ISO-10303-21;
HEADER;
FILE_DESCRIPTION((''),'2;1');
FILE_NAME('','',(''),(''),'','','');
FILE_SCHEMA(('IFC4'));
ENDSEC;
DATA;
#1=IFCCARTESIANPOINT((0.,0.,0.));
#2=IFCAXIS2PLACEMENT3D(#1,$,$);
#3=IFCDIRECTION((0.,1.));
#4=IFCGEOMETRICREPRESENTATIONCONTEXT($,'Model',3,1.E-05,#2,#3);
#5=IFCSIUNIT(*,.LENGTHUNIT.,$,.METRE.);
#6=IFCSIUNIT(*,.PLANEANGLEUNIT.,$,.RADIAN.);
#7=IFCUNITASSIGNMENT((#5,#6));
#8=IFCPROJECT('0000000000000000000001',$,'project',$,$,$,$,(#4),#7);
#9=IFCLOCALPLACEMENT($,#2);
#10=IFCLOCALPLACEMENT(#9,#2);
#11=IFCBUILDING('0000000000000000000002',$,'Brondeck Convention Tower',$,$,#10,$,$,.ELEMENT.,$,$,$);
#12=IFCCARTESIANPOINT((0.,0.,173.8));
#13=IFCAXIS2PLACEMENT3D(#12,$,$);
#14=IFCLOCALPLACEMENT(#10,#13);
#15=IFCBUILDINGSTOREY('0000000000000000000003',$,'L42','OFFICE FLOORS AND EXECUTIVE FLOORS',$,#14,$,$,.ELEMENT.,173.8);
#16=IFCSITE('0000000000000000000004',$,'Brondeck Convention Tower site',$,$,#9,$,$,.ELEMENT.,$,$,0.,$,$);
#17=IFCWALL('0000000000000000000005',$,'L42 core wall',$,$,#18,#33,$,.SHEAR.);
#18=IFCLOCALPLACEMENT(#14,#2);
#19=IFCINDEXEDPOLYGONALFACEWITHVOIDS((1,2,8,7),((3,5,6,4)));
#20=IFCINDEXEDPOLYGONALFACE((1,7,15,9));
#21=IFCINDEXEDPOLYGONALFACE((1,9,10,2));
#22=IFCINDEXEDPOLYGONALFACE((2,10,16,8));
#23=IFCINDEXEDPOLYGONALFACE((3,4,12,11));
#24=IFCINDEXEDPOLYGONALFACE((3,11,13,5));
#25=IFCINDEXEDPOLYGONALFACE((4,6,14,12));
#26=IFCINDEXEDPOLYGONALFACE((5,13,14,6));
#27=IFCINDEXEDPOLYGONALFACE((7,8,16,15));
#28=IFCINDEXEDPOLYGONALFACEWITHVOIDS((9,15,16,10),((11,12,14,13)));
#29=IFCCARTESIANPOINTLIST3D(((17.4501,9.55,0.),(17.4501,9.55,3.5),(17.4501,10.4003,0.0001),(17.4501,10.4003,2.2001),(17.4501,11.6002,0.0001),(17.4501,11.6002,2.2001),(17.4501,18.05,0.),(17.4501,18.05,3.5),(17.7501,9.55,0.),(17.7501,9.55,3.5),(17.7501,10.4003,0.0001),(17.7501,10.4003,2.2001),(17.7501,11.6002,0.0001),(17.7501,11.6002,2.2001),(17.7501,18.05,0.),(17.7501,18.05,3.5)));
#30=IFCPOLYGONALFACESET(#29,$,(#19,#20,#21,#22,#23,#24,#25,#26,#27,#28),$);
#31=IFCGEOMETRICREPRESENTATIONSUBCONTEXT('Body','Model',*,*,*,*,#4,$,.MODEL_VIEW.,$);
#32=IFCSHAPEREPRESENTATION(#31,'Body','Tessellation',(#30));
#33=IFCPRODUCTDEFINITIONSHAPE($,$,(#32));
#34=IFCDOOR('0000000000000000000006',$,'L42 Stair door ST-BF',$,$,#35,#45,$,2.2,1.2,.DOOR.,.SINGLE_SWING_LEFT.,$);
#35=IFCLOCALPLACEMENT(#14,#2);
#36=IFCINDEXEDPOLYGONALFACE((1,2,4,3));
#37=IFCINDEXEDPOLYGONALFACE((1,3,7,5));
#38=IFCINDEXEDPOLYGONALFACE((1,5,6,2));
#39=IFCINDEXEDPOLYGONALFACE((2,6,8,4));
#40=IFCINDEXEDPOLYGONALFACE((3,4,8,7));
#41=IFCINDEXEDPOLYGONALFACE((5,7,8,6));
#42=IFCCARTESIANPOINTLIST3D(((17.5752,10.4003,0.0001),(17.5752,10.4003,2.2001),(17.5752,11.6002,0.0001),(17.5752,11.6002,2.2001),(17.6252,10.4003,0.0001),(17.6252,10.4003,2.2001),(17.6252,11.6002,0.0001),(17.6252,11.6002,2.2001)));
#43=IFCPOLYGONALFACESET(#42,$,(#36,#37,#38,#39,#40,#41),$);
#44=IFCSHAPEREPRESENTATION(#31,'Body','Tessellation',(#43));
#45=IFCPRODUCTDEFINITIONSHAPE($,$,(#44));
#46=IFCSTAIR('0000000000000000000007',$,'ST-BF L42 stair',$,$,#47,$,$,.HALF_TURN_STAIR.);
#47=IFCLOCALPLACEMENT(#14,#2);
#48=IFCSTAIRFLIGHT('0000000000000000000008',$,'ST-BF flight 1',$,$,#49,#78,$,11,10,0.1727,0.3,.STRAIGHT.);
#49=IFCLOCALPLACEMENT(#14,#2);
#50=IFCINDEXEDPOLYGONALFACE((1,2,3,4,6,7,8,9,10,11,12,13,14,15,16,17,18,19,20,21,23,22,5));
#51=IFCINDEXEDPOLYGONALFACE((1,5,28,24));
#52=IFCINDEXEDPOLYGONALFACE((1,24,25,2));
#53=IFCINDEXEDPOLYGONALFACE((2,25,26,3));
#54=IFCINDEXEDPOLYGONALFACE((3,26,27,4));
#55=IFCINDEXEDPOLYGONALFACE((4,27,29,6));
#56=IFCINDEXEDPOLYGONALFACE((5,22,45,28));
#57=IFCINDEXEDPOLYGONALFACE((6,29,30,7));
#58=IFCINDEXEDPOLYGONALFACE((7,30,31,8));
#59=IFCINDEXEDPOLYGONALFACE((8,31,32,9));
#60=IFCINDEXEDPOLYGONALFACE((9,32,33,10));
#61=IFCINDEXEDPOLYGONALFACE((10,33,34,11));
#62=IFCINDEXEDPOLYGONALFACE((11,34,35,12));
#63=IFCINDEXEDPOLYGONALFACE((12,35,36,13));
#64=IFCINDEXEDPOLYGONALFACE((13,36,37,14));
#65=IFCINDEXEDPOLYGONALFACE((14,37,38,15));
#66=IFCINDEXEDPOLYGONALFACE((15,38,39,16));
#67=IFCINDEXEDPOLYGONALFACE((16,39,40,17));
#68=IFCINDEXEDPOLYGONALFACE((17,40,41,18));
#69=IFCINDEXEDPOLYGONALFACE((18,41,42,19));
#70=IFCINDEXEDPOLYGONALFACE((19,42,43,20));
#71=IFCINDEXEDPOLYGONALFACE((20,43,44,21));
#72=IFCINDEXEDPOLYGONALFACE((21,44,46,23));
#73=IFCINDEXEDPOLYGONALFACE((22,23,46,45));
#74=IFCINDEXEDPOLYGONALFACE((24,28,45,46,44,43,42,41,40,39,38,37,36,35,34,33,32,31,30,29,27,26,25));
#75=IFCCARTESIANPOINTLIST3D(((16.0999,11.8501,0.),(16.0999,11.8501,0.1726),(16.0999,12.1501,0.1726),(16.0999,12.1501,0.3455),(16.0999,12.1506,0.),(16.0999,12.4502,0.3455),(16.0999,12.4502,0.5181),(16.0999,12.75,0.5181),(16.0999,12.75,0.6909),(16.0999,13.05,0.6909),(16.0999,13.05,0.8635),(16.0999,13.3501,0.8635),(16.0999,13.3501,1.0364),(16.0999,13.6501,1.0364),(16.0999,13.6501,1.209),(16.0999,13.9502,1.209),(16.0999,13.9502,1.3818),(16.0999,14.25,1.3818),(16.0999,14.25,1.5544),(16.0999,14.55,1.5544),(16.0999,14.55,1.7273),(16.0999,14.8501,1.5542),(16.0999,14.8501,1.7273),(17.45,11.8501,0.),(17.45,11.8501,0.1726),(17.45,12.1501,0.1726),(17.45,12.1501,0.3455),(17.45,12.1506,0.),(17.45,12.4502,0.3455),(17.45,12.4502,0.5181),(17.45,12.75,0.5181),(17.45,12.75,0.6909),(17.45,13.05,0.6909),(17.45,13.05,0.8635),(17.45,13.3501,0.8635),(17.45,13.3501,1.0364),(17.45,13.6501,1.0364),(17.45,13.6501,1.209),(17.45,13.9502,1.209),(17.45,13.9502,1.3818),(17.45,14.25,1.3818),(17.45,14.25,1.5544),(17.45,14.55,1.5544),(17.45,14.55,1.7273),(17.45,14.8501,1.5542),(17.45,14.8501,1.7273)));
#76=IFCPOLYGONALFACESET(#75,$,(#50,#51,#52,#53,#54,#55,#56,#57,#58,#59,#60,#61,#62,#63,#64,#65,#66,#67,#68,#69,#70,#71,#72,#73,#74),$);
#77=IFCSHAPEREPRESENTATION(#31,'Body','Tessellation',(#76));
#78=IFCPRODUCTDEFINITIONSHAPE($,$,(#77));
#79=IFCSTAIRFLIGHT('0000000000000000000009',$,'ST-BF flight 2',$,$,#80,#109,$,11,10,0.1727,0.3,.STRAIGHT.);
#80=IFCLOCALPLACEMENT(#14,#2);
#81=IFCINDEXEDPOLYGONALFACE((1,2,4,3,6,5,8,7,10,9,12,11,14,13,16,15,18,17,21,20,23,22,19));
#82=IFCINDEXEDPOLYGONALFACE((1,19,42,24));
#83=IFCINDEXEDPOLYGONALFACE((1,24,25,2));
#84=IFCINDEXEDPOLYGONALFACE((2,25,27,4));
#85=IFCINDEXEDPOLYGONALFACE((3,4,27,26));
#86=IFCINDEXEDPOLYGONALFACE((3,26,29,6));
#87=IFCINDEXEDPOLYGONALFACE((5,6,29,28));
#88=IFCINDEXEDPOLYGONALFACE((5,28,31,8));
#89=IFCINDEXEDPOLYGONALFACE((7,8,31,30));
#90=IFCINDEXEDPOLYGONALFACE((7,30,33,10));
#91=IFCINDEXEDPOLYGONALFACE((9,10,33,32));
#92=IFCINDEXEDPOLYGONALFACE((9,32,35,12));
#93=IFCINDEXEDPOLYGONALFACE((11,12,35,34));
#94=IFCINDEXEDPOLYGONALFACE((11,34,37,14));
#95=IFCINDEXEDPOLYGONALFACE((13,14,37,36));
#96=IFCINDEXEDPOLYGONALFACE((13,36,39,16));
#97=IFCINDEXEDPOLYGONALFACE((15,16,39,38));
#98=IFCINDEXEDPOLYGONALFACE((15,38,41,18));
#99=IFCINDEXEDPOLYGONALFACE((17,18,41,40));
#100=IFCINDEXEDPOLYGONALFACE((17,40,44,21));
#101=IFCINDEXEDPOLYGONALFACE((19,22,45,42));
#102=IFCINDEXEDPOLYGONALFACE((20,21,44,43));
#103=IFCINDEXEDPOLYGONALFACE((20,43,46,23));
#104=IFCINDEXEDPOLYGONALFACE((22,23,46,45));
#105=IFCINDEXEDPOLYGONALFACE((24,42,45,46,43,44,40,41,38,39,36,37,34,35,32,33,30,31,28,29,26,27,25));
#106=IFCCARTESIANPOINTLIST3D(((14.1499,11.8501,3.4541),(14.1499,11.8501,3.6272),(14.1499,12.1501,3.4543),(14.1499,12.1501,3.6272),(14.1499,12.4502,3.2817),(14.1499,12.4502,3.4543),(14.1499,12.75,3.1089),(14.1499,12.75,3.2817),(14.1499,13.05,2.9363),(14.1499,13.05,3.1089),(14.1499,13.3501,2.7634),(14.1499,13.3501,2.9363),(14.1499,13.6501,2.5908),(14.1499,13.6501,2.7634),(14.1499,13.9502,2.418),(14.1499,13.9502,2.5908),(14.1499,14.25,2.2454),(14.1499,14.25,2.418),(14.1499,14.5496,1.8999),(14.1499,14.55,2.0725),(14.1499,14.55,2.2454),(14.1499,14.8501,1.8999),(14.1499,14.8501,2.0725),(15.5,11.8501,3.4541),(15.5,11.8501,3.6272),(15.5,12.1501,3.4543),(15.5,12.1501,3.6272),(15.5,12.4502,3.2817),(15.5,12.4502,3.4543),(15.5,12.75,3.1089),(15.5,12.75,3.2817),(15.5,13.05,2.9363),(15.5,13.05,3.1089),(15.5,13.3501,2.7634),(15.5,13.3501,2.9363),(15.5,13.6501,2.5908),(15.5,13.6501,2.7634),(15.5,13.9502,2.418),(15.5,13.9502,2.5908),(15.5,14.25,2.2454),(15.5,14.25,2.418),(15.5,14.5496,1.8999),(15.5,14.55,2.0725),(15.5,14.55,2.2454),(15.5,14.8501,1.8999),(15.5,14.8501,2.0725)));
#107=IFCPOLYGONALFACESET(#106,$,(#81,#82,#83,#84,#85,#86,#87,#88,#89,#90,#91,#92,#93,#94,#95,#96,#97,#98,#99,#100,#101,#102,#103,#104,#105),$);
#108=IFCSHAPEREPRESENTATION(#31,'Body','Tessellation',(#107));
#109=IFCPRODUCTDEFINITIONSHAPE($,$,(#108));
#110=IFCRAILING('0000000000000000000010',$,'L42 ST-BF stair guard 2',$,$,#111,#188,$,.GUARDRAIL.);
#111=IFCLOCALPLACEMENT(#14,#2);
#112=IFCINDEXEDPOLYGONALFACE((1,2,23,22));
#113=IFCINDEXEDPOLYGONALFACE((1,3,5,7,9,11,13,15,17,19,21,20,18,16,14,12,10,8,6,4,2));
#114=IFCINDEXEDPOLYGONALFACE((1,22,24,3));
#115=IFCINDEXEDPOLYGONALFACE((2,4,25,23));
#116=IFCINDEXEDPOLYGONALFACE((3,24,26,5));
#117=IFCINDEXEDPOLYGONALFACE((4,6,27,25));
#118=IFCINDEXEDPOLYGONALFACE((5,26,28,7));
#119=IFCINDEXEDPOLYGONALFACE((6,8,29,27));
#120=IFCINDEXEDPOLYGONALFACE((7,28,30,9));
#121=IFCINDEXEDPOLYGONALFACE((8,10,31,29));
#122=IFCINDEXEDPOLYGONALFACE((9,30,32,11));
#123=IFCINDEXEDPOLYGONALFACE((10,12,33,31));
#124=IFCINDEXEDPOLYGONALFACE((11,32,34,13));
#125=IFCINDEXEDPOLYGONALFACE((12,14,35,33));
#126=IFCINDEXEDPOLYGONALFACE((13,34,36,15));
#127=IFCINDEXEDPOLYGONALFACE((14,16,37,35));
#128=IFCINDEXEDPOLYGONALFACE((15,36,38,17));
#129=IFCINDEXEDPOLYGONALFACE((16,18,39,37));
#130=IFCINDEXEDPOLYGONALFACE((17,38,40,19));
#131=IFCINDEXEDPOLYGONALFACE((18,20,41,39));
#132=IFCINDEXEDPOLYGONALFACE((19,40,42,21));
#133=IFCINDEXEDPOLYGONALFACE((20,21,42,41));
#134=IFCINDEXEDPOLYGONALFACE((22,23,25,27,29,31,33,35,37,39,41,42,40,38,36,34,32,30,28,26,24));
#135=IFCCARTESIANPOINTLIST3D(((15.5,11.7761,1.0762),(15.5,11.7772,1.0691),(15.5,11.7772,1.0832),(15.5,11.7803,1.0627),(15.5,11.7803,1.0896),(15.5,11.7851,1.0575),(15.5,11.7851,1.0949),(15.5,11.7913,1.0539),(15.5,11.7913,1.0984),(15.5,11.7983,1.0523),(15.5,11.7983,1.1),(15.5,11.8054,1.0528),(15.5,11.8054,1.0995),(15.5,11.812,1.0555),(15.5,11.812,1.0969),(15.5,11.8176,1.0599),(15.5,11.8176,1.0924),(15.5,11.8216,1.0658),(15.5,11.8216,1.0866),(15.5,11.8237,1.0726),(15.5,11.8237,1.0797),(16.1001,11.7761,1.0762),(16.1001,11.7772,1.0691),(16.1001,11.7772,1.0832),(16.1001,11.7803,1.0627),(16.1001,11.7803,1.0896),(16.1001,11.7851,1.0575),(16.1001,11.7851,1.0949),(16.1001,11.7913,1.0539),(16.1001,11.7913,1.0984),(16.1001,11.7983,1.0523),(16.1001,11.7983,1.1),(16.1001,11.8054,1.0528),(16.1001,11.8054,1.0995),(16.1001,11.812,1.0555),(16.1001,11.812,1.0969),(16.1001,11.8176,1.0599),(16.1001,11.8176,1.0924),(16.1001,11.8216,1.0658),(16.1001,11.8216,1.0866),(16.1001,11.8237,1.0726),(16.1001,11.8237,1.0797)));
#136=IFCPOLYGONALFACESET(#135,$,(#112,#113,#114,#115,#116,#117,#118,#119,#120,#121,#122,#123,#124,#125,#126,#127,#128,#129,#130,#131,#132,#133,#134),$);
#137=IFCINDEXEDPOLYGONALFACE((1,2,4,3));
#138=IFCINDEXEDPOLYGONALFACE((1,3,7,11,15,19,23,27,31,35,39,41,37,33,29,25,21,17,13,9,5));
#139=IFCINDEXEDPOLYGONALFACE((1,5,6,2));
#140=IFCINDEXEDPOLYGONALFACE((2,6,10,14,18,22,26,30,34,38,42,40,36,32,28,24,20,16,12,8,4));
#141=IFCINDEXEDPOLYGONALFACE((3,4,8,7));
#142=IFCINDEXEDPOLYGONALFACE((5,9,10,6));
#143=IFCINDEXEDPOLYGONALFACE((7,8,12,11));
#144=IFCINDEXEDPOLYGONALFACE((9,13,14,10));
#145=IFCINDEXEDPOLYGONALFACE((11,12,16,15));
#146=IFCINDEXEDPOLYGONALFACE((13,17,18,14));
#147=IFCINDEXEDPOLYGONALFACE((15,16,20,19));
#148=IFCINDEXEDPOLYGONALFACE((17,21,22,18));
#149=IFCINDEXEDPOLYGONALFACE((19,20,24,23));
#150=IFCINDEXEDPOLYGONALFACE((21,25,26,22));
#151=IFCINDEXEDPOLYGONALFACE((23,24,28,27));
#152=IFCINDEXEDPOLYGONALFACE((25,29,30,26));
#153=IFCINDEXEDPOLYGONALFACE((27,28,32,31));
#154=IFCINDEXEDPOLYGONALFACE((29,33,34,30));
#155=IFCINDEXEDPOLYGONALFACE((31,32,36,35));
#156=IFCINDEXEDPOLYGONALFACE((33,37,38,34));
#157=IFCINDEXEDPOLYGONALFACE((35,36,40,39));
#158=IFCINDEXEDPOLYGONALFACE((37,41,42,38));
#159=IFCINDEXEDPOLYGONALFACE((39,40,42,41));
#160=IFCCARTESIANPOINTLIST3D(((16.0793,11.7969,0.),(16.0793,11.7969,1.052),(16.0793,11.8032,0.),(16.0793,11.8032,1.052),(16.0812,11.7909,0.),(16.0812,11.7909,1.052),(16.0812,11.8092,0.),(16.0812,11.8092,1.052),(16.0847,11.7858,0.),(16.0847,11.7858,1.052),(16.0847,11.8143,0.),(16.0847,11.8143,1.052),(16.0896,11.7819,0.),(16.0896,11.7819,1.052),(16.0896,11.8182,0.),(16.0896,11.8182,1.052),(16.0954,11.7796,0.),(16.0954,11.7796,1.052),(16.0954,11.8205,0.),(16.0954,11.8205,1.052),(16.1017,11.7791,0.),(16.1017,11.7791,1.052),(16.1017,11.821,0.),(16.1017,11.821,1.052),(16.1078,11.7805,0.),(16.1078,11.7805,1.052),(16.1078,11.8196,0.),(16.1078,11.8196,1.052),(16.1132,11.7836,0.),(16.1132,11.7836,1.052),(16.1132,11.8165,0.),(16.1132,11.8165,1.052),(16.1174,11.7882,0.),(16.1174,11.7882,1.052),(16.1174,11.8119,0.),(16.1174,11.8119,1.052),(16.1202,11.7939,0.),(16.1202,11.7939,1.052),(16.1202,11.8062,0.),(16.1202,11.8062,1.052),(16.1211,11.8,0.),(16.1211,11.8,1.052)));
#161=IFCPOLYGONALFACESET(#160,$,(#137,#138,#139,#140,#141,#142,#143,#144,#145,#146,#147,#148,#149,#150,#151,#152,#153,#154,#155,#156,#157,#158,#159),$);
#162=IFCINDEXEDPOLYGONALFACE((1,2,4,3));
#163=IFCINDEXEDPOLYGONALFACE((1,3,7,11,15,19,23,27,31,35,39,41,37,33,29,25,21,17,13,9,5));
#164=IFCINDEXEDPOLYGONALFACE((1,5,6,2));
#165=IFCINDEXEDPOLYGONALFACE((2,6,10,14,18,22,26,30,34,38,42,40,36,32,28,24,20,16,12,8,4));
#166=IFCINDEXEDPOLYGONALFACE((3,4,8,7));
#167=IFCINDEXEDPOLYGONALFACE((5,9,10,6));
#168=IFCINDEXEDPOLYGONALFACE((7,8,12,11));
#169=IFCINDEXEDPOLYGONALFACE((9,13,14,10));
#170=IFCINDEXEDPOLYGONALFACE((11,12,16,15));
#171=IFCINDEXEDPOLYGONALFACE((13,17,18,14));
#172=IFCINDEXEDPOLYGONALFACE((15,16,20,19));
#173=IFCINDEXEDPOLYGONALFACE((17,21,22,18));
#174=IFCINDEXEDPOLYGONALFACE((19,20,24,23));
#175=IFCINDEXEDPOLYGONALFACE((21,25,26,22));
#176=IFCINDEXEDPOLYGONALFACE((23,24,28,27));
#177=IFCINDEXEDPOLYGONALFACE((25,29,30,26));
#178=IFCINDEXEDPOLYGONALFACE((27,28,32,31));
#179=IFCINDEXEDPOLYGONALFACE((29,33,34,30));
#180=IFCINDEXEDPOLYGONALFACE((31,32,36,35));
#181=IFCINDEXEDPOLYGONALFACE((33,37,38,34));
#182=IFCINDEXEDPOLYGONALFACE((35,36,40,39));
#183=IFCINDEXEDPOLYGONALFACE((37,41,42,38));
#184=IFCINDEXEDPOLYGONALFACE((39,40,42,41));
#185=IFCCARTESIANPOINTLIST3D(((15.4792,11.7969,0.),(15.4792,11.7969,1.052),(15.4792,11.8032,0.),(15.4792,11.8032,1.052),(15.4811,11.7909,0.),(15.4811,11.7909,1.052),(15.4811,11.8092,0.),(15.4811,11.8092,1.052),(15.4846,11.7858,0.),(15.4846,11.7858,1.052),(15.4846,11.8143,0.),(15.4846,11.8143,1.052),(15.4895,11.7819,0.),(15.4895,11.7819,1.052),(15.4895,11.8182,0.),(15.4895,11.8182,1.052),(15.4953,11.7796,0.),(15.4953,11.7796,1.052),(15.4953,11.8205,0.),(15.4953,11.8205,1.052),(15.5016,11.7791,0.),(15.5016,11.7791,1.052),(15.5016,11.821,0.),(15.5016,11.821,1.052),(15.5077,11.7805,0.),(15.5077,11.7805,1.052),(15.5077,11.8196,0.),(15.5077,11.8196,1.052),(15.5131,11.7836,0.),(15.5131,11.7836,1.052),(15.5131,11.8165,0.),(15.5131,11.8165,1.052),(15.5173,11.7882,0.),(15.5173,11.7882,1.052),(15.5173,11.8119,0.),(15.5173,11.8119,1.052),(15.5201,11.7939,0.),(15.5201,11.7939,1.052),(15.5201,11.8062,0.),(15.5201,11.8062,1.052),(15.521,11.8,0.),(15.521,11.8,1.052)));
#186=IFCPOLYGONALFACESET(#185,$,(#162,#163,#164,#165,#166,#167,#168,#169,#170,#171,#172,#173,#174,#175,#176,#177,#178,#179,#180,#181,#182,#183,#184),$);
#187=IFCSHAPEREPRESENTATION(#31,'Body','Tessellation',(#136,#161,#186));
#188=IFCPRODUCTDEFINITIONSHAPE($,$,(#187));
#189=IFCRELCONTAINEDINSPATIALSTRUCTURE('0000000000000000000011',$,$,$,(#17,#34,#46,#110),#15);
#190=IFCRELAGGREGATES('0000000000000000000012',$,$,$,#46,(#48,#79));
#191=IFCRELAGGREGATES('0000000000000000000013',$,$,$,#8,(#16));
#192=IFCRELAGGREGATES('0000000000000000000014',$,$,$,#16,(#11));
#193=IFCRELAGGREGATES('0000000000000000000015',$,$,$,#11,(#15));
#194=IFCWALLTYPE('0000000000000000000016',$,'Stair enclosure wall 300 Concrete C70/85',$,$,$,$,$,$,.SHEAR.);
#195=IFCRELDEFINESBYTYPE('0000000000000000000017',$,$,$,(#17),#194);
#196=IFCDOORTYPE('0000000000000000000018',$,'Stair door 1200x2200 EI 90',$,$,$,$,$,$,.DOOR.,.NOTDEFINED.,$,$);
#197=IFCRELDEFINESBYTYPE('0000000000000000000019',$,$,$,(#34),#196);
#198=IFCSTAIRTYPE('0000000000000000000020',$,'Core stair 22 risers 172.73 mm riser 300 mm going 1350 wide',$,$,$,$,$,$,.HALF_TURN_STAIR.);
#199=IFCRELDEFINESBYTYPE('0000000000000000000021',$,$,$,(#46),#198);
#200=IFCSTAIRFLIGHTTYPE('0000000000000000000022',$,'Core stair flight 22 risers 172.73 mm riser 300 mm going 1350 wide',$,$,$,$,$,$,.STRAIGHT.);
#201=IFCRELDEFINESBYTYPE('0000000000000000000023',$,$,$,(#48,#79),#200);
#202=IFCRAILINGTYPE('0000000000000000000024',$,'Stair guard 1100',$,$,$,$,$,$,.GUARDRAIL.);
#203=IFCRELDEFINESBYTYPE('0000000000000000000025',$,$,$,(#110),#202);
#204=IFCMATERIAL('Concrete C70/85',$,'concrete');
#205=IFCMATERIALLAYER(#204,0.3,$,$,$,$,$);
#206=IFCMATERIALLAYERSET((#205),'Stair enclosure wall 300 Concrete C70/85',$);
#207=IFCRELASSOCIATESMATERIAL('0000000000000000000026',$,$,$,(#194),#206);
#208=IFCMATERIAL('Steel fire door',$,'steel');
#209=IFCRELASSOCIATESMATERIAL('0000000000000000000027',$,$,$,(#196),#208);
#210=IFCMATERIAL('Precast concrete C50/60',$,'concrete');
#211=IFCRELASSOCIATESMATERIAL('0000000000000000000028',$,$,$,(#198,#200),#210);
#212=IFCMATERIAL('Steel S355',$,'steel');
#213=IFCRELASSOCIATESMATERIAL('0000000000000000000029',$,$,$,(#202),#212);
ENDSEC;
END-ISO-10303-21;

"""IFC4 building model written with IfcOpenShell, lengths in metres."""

from ifc_helpers import new_model, si_unit, direction, frame, frame_2d, origin, origin_2d, place, context, subcontext, project, spatial, polyline, rectangle, circle, outline, extrude, material, layer, layer_set, type_object, element, fill, aggregate, save


model = new_model("IFC4")

# Units and contexts
model_context = context("Model", 3, precision=1e-05, world=origin(), true_north=direction((0.0, 1.0)))
body_context = subcontext(model_context, "Body", "Model", "MODEL_VIEW")
ifc_project = project(units=[si_unit("LENGTHUNIT", "METRE"), si_unit("PLANEANGLEUNIT", "RADIAN")], contexts=[model_context])

# Site, building, storey
site_placement = place(None, origin())
site = spatial("IfcSite", under=ifc_project, at=site_placement, Name="Brondeck Convention Tower site", CompositionType="ELEMENT", RefElevation=0.0)
building_placement = place(site_placement, origin())
building = spatial("IfcBuilding", under=site, at=building_placement, Name="Brondeck Convention Tower", CompositionType="ELEMENT")
storey_placement = place(building_placement, frame((0.0, 0.0, 173.8)))
storey = spatial("IfcBuildingStorey", under=building, at=storey_placement, Name="L42", Description="OFFICE FLOORS AND EXECUTIVE FLOORS", CompositionType="ELEMENT", Elevation=173.8)

# Shared definitions
ifc_material_1 = material(Name="Concrete C70/85", Category="concrete")

# Shared definitions
ifc_material_2 = material(Name="Steel S355", Category="steel")

# Shared definitions
ifc_layer_1 = layer(ifc_material_1, 0.3)
ifc_layer_set_1 = layer_set([ifc_layer_1], Name="Stair enclosure wall 300 Concrete C70/85")
wall_type_1 = type_object("IfcWallType", Name="Stair enclosure wall 300 Concrete C70/85", PredefinedType="SHEAR", material=ifc_layer_set_1)

# Wall, opening, door
wall_1_placement = place(storey_placement, frame((17.6001, 9.55, 0.0), z_axis=(0.0, 0.0, 1.0), x_axis=(0.0, 1.0, 0.0)))
wall_1 = element("IfcWall", 1, at=wall_1_placement, inside=storey, type_object=wall_type_1, Name="L42 core wall", PredefinedType="SHEAR", context=body_context, shape_type="SweptSolid", body=[
    extrude(rectangle(XDim=8.5, YDim=0.3, at=frame_2d((4.25, 0.0))), origin(), (0.0, 0.0, 1.0), 3.5),
])
opening_1_placement = place(wall_1_placement, frame((0.8501, 0.0, 0.0)))
opening_1 = element("IfcOpeningElement", 2, at=opening_1_placement, cuts=wall_1, PredefinedType="OPENING", context=body_context, shape_type="SweptSolid", body=[
    extrude(rectangle(XDim=1.2, YDim=2.2, at=frame_2d((0.6001, 1.1001))), frame((0.0, 0.1599, 0.0), z_axis=(0.0, -1.0, 0.0), x_axis=(1.0, 0.0, 0.0)), (0.0, 0.0, 1.0), 0.3201),
])
ifc_material_3 = material(Name="Steel fire door", Category="steel")
door_type_1 = type_object("IfcDoorType", Name="Stair door 1200x2200 EI 90", OperationType="NOTDEFINED", PredefinedType="DOOR", material=ifc_material_3)
door_1_placement = place(opening_1_placement, origin())
door_1 = element("IfcDoor", 3, at=door_1_placement, inside=storey, type_object=door_type_1, Name="L42 Stair door ST-BF", OperationType="SINGLE_SWING_LEFT", OverallHeight=2.2, OverallWidth=1.2, PredefinedType="DOOR", context=body_context, shape_type="SweptSolid", body=[
    extrude(rectangle(XDim=1.2, YDim=2.2, at=frame_2d((0.6001, 1.1001))), frame((0.0, 0.0249, 0.0), z_axis=(0.0, -1.0, 0.0), x_axis=(1.0, 0.0, 0.0)), (0.0, 0.0, 1.0), 0.05),
])
fill(opening_1, door_1)

# Stair, stair flights
ifc_material_4 = material(Name="Precast concrete C50/60", Category="concrete")
stair_type = type_object("IfcStairType", Name="Core stair 22 risers 172.73 mm riser 300 mm going 1350 wide", PredefinedType="HALF_TURN_STAIR", material=ifc_material_4)
stair_placement = place(storey_placement, origin())
stair = element("IfcStair", 4, at=stair_placement, inside=storey, type_object=stair_type, Name="ST-BF L42 stair", PredefinedType="HALF_TURN_STAIR")
stair_flight_type = type_object("IfcStairFlightType", Name="Core stair flight 22 risers 172.73 mm riser 300 mm going 1350 wide", PredefinedType="STRAIGHT", material=ifc_material_4)
stair_flight_1_placement = place(storey_placement, frame((16.7749, 11.8501, 0.0), z_axis=(0.0, 0.0, 1.0), x_axis=(0.0, 1.0, 0.0)))
stair_flight_1 = element("IfcStairFlight", 5, at=stair_flight_1_placement, type_object=stair_flight_type, Name="ST-BF flight 1", NumberOfRisers=11, NumberOfTreads=10, PredefinedType="STRAIGHT", RiserHeight=0.1727, TreadLength=0.3, context=body_context, shape_type="SweptSolid", body=[
    extrude(outline(polyline([(0.0, 0.0), (0.0, 0.1726), (0.3, 0.1726), (0.3, 0.3455), (0.6001, 0.3455), (0.6001, 0.5181), (0.8999, 0.5181), (0.8999, 0.6909), (1.2, 0.6909), (1.2, 0.8635), (1.5, 0.8635), (1.5, 1.0364), (1.8, 1.0364), (1.8, 1.209), (2.1001, 1.209), (2.1001, 1.3818), (2.3999, 1.3818), (2.3999, 1.5544), (2.7, 1.5544), (2.7, 1.7273), (3.0, 1.7273), (3.0, 1.8999), (3.0, 1.5542), (0.3005, 0.0), (0.0, 0.0)])), frame((0.0, 0.675, 0.0), z_axis=(0.0, -1.0, 0.0), x_axis=(1.0, 0.0, 0.0)), (0.0, 0.0, 1.0), 1.3501),
])
stair_flight_2_placement = place(storey_placement, frame((14.825, 14.8501, 1.8999), z_axis=(0.0, 0.0, 1.0), x_axis=(0.0, -1.0, 0.0)))
stair_flight_2 = element("IfcStairFlight", 6, at=stair_flight_2_placement, type_object=stair_flight_type, Name="ST-BF flight 2", NumberOfRisers=11, NumberOfTreads=10, PredefinedType="STRAIGHT", RiserHeight=0.1727, TreadLength=0.3, context=body_context, shape_type="SweptSolid", body=[
    extrude(outline(polyline([(0.0, 0.0), (0.0, 0.1726), (0.3, 0.1726), (0.3, 0.3455), (0.6001, 0.3455), (0.6001, 0.5181), (0.8999, 0.5181), (0.8999, 0.6909), (1.2, 0.6909), (1.2, 0.8635), (1.5, 0.8635), (1.5, 1.0364), (1.8, 1.0364), (1.8, 1.209), (2.1001, 1.209), (2.1001, 1.3818), (2.3999, 1.3818), (2.3999, 1.5544), (2.7, 1.5544), (2.7, 1.7273), (3.0, 1.7273), (3.0, 1.8999), (3.0, 1.5542), (0.3005, 0.0), (0.0, 0.0)])), frame((0.0, 0.675, 0.0), z_axis=(0.0, -1.0, 0.0), x_axis=(1.0, 0.0, 0.0)), (0.0, 0.0, 1.0), 1.3501),
])
aggregate(stair, [stair_flight_1, stair_flight_2])

# Railing
railing_type_1 = type_object("IfcRailingType", Name="Stair guard 1100", PredefinedType="GUARDRAIL", material=ifc_material_2)
railing_1_placement = place(storey_placement, frame((16.1001, 11.8, 0.0)))
element("IfcRailing", 7, at=railing_1_placement, inside=storey, type_object=railing_type_1, Name="L42 ST-BF stair guard 2", PredefinedType="GUARDRAIL", context=body_context, shape_type="SweptSolid", body=[
    extrude(circle(Radius=0.0239, at=origin_2d()), frame((0.0, 0.0, 1.0762), z_axis=(-1.0, 0.0, 0.0), x_axis=(0.0, -1.0, 0.0)), (0.0, 0.0, 1.0), 0.6001),
    extrude(circle(Radius=0.021, at=origin_2d()), origin(), (0.0, 0.0, 1.0), 1.052),
    extrude(circle(Radius=0.021, at=origin_2d()), frame((-0.6001, 0.0, 0.0)), (0.0, 0.0, 1.0), 1.052),
])

save(model, "model.ifc")
